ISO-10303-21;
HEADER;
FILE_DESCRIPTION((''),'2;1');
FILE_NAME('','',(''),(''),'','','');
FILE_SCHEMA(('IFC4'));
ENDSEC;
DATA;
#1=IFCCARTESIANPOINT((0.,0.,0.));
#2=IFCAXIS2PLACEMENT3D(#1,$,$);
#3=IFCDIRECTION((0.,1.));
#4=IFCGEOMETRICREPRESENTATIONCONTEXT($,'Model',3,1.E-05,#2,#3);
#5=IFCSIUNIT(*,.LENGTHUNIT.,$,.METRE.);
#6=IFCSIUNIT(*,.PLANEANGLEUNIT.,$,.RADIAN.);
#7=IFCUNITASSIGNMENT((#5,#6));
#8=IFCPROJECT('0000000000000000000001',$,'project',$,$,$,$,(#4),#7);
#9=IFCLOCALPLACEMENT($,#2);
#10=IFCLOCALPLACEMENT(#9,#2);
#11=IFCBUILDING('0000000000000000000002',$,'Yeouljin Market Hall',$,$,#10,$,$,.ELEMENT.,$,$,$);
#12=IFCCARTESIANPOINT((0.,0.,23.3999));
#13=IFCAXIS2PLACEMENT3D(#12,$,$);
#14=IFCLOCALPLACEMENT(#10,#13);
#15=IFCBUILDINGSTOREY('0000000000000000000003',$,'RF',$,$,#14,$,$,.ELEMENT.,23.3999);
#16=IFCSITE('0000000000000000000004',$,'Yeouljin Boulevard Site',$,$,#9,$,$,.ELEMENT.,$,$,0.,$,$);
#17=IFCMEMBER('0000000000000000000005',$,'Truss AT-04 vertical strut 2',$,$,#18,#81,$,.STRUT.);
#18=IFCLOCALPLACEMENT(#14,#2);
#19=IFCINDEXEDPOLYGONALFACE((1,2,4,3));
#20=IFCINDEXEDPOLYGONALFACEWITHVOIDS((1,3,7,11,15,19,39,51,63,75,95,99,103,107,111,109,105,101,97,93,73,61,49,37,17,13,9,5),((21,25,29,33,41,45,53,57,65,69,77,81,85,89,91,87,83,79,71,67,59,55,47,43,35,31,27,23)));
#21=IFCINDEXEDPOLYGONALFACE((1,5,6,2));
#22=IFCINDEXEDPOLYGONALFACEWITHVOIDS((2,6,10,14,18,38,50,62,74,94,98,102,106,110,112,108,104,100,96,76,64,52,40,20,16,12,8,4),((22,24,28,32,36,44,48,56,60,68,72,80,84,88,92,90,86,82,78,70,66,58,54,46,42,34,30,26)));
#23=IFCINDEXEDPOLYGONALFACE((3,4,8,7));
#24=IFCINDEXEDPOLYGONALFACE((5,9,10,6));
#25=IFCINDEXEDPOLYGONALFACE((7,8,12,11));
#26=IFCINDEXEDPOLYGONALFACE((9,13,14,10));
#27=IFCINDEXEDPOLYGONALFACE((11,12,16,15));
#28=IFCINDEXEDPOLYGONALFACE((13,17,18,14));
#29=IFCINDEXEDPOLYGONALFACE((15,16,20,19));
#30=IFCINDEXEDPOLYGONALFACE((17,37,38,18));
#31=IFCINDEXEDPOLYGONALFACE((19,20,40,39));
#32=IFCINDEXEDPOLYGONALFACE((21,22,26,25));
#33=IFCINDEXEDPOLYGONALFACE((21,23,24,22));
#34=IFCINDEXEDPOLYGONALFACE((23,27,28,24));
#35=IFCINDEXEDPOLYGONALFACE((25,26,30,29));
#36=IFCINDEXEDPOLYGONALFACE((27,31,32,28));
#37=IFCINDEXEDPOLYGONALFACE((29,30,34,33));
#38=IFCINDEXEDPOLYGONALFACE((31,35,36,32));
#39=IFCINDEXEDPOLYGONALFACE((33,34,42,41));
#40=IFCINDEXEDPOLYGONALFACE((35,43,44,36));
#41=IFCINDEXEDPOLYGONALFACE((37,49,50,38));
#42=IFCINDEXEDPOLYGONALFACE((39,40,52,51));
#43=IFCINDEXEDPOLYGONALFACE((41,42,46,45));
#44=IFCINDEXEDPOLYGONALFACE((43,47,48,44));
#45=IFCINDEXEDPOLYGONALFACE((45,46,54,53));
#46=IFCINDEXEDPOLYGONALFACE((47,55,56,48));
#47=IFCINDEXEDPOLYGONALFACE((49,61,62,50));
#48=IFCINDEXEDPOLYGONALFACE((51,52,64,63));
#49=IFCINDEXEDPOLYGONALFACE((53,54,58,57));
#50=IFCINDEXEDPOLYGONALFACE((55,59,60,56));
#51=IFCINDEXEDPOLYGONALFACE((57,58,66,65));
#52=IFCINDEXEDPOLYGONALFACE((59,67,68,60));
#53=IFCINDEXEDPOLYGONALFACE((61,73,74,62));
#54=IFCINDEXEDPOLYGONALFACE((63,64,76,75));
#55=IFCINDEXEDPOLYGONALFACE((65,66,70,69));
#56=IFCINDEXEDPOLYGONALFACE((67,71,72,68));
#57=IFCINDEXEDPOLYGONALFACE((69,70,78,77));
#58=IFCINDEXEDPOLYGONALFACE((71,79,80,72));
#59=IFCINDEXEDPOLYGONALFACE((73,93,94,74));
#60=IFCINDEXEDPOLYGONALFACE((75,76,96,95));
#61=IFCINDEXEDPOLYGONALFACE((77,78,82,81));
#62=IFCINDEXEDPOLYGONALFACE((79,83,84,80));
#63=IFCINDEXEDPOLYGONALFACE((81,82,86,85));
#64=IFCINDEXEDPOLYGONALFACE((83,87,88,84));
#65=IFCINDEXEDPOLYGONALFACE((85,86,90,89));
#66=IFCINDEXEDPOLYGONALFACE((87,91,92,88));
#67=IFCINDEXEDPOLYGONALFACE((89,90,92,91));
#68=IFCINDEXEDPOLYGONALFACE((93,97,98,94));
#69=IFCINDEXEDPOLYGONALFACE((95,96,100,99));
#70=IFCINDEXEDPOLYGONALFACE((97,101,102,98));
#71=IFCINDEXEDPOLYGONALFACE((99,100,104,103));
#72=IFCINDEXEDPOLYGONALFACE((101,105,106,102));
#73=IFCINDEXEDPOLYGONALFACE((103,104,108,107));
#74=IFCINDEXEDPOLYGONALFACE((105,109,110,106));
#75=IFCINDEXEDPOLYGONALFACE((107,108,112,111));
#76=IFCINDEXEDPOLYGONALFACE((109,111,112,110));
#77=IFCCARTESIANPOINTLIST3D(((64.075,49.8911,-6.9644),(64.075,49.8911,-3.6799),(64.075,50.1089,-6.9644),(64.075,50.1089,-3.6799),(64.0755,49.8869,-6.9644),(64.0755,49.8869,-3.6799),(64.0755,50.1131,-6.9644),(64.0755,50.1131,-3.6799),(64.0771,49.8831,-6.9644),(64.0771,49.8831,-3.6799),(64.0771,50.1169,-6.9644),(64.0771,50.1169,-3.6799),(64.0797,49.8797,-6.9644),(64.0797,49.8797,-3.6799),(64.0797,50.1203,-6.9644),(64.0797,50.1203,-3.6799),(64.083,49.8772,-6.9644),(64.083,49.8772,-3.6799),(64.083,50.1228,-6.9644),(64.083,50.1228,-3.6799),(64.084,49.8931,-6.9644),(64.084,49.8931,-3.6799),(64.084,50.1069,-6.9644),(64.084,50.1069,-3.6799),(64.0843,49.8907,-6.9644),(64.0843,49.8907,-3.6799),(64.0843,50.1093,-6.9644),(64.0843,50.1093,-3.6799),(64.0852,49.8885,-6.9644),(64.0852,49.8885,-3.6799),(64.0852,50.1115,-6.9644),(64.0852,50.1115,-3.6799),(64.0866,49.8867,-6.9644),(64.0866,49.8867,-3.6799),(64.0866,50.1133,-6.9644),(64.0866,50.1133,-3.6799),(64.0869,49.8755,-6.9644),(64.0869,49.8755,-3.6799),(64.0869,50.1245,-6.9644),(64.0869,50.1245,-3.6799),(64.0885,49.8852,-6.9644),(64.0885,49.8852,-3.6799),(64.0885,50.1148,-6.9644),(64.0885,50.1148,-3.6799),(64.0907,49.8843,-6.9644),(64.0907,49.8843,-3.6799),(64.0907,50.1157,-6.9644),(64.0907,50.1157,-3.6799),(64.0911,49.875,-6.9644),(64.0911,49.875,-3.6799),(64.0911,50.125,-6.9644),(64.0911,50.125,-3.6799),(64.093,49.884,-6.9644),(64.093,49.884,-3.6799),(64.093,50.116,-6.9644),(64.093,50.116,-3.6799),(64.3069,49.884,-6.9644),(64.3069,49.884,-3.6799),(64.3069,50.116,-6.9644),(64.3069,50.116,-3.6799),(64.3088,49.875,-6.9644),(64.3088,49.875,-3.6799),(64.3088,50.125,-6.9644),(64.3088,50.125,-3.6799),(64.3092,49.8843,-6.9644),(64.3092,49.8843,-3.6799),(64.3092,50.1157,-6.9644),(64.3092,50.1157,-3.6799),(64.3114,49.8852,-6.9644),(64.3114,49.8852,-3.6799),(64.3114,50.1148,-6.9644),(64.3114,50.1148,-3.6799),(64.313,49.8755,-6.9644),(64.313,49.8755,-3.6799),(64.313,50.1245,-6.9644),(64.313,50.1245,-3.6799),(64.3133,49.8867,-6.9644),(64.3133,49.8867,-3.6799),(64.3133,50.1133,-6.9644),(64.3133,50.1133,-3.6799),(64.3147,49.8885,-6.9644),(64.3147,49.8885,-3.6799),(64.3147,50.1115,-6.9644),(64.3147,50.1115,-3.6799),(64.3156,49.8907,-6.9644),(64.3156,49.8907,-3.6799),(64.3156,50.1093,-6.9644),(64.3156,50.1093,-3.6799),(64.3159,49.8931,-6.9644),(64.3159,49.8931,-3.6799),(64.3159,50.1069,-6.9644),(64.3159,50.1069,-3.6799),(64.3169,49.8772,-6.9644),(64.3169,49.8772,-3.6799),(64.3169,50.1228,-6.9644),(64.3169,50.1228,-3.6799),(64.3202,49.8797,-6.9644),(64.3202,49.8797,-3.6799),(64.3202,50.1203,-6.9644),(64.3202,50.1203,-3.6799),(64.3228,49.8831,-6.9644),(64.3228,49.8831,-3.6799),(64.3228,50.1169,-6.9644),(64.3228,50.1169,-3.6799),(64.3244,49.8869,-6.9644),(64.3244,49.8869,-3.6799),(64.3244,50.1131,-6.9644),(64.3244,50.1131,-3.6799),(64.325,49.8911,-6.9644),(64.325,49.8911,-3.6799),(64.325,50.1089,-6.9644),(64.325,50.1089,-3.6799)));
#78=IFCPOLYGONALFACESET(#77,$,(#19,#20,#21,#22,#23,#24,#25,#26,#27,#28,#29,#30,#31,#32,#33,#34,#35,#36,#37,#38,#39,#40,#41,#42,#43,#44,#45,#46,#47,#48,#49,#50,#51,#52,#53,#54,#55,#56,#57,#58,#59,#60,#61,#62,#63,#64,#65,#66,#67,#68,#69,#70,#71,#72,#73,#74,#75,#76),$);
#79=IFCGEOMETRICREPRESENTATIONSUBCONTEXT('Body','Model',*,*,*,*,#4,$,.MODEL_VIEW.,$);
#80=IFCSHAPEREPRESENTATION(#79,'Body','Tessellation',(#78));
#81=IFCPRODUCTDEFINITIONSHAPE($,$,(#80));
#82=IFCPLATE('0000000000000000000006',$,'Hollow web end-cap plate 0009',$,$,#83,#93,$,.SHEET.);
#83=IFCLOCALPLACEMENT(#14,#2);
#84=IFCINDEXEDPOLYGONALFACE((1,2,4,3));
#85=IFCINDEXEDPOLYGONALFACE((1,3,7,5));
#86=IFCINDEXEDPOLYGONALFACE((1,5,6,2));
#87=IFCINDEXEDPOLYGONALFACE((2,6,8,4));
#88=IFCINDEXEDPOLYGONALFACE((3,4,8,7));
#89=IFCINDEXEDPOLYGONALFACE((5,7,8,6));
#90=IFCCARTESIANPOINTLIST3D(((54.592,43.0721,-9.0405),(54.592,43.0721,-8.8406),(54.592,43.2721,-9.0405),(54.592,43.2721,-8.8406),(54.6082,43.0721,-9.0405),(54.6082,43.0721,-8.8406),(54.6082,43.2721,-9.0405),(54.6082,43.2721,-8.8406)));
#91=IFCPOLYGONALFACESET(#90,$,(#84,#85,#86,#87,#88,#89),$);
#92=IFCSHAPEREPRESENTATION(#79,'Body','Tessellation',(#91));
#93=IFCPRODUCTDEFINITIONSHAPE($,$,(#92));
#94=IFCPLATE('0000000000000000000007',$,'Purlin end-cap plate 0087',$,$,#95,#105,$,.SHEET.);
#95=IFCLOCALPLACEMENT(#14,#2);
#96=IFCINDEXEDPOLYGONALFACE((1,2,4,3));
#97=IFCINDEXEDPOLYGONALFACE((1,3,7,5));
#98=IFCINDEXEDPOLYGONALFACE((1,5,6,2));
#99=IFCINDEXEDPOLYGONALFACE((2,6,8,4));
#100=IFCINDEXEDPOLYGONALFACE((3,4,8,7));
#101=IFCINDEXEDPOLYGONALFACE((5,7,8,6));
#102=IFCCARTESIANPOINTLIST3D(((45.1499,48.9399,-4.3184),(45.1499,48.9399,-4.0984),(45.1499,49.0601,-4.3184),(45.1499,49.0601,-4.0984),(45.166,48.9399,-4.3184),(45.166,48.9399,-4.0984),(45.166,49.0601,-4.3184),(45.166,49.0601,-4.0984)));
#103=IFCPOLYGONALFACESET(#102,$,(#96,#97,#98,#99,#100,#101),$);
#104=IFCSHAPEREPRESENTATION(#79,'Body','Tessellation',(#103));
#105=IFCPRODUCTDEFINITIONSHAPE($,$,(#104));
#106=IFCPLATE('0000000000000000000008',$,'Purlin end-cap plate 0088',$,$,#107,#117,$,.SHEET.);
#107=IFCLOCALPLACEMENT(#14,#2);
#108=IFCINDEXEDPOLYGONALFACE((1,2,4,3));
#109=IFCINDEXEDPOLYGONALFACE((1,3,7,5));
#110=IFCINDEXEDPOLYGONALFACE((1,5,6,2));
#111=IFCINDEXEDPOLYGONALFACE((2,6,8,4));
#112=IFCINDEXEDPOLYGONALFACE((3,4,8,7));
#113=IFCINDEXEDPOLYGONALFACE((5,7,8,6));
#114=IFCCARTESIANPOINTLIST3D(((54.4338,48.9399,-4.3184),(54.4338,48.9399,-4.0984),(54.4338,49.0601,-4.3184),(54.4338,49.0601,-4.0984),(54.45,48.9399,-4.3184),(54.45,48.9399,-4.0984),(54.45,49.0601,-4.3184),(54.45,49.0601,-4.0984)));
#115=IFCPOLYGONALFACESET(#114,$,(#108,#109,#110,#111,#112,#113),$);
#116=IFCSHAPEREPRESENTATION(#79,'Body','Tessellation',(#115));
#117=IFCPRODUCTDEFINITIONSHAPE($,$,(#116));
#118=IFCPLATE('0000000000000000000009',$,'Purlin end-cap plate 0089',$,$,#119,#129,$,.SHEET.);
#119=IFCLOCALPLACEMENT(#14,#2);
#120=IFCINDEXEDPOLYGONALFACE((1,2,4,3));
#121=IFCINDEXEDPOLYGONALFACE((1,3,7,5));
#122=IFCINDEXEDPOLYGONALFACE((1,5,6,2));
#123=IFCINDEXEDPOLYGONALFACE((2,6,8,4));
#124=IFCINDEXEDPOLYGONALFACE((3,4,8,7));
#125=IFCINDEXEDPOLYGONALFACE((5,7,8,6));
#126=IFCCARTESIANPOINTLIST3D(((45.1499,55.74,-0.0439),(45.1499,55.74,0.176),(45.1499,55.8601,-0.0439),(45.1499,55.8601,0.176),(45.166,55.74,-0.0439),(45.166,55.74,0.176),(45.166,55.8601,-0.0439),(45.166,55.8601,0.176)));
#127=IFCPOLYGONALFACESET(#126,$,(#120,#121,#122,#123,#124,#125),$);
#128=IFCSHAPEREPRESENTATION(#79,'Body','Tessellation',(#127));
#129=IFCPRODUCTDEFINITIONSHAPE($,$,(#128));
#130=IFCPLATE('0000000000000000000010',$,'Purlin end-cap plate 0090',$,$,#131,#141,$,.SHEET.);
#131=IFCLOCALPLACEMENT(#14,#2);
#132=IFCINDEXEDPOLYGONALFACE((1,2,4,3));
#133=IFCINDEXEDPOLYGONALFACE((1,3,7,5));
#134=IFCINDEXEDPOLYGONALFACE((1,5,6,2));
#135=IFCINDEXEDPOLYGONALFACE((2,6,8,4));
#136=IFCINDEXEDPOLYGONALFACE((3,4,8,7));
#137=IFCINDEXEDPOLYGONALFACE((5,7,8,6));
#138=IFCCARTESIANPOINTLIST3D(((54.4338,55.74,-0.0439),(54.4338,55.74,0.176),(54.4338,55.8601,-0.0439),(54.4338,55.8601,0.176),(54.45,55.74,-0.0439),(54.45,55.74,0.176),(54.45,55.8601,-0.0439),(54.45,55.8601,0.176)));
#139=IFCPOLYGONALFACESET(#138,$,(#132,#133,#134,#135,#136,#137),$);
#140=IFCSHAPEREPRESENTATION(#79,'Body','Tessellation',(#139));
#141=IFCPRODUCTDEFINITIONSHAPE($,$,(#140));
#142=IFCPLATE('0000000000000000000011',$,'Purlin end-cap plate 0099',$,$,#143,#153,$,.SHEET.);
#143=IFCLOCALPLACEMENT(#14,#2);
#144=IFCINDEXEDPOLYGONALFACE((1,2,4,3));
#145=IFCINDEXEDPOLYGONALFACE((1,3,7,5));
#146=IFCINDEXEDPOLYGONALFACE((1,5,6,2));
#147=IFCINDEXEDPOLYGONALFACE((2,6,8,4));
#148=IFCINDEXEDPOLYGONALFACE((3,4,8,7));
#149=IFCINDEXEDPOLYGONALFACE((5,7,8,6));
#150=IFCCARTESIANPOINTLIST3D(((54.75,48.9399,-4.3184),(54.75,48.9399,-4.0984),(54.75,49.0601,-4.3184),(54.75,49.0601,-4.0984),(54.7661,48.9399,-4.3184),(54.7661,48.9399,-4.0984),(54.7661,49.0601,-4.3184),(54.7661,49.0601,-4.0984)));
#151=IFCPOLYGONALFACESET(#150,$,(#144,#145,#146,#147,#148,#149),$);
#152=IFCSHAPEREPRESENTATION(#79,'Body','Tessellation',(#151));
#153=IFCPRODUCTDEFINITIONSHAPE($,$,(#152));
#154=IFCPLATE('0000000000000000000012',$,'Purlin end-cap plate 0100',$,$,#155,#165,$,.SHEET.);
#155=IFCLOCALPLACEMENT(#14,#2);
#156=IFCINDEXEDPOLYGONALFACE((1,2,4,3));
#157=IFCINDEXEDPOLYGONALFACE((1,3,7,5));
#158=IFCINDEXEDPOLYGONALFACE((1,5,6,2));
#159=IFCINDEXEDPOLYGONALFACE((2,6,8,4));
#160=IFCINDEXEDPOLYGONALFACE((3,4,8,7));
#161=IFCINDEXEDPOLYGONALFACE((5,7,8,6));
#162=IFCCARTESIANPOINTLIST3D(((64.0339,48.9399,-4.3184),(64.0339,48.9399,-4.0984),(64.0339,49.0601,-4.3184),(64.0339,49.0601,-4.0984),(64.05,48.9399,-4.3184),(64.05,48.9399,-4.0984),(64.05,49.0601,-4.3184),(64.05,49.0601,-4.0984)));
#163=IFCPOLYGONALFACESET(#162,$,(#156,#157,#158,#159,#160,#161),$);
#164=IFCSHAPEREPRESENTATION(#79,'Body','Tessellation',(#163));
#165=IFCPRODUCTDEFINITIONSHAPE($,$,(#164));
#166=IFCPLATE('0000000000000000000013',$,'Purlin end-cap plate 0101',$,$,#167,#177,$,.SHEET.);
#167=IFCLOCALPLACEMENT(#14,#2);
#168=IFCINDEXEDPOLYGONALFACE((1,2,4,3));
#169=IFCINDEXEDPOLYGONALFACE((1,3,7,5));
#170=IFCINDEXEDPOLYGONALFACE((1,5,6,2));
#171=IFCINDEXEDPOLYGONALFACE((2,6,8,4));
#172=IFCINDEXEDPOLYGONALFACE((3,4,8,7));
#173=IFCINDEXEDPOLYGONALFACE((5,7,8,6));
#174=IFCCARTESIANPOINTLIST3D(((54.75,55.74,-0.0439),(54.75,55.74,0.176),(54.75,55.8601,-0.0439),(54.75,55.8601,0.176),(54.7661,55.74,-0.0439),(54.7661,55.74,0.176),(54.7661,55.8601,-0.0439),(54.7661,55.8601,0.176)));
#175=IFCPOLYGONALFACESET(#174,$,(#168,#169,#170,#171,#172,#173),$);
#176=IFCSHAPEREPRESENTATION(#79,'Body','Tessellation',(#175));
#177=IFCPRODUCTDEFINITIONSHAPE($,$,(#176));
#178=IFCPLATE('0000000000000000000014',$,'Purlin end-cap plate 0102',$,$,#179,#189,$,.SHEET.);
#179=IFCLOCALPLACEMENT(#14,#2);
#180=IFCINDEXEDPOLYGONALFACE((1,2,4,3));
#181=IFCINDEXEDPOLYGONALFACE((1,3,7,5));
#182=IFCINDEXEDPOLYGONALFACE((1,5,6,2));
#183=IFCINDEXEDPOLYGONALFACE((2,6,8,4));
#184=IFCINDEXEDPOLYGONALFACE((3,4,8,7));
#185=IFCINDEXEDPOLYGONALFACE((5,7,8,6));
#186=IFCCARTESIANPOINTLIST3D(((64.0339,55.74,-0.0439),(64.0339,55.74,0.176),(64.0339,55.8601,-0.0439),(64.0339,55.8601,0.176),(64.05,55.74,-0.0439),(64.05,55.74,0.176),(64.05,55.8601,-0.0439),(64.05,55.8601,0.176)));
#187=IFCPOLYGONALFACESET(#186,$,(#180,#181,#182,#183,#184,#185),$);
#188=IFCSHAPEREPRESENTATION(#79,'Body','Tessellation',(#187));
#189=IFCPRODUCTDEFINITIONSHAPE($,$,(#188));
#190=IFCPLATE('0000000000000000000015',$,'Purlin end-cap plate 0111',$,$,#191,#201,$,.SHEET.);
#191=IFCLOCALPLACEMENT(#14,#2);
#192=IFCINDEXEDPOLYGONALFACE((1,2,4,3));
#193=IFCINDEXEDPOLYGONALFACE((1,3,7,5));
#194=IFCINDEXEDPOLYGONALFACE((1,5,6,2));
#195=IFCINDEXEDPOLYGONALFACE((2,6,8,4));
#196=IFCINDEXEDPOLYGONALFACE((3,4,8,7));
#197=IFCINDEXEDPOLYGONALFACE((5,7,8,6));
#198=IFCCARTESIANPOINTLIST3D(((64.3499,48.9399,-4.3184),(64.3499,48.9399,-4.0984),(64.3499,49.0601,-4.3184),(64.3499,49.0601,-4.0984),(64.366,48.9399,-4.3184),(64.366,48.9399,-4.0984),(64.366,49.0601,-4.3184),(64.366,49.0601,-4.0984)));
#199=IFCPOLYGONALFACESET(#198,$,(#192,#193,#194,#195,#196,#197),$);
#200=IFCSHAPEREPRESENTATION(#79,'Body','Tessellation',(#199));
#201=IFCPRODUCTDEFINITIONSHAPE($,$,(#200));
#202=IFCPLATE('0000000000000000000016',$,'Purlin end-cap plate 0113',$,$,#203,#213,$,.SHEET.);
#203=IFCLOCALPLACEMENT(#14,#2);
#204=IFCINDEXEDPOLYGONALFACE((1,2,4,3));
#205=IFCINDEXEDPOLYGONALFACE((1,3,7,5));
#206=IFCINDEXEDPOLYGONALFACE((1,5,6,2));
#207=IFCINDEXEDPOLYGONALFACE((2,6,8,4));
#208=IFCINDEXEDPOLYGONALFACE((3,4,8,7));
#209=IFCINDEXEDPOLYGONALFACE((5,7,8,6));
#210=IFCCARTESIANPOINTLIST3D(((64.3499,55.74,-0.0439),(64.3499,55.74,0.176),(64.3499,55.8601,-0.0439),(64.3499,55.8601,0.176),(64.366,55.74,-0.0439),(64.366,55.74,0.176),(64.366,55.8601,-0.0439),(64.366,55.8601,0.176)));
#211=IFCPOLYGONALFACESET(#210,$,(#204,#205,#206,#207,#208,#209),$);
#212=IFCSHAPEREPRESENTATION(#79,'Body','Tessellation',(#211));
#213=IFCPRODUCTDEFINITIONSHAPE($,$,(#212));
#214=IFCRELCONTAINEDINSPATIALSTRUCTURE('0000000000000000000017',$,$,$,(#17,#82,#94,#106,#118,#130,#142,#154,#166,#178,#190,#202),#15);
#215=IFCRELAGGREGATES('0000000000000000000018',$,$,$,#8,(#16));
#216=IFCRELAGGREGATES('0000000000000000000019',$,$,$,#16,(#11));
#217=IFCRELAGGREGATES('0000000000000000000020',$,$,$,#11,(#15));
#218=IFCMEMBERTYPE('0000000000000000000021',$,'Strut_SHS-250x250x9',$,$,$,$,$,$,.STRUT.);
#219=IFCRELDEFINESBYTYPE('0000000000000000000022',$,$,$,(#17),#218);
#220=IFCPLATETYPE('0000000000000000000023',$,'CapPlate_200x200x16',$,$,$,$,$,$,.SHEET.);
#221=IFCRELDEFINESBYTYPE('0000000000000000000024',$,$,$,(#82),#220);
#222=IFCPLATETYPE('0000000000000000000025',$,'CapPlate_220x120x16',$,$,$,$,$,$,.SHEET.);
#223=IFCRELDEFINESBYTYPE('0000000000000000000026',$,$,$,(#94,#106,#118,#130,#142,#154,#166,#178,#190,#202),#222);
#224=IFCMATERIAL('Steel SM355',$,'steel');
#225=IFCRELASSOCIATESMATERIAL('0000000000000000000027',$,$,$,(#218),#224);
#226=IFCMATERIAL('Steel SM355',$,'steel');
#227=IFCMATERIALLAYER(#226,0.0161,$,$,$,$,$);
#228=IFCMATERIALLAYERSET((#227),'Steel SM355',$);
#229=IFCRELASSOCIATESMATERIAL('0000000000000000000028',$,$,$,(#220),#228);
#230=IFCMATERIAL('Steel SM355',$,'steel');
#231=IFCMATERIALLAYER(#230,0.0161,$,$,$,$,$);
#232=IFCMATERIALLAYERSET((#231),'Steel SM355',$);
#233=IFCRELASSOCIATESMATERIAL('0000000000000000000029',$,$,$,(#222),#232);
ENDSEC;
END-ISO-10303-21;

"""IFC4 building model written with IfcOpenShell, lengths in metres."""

from ifc_helpers import new_model, si_unit, direction, frame, origin, origin_2d, place, context, subcontext, project, spatial, rectangle, hollow_rectangle, extrude, material, layer, layer_set, material_profile, profile_set, type_object, element, save


model = new_model("IFC4")

# Units and contexts
model_context = context("Model", 3, precision=1e-05, world=origin(), true_north=direction((0.0, 1.0)))
body_context = subcontext(model_context, "Body", "Model", "MODEL_VIEW")
ifc_project = project(units=[si_unit("LENGTHUNIT", "METRE"), si_unit("PLANEANGLEUNIT", "RADIAN")], contexts=[model_context])

# Site, building, storey
site_placement = place(None, origin())
site = spatial("IfcSite", under=ifc_project, at=site_placement, Name="Yeouljin Boulevard Site", CompositionType="ELEMENT", RefElevation=0.0)
building_placement = place(site_placement, origin())
building = spatial("IfcBuilding", under=site, at=building_placement, Name="Yeouljin Market Hall", CompositionType="ELEMENT")
storey_placement = place(building_placement, frame((0.0, 0.0, 23.3999)))
storey = spatial("IfcBuildingStorey", under=building, at=storey_placement, Name="RF", CompositionType="ELEMENT", Elevation=23.3999)

# Member
ifc_material_1 = material(Name="Steel SM355", Category="steel")
ifc_material_profile_1 = material_profile(ifc_material_1, hollow_rectangle(XDim=0.25, YDim=0.25, WallThickness=0.009, InnerFilletRadius=0.009, OuterFilletRadius=0.0161, at=origin_2d()), Name="SHS-250x250x9")
ifc_profile_set_1 = profile_set([ifc_material_profile_1], Name="Steel SM355")
member_type_1 = type_object("IfcMemberType", Name="Strut_SHS-250x250x9", PredefinedType="STRUT", material=ifc_profile_set_1)
for number, where, z_axis, x_axis, name in (
    (1, (64.2, 50.0, -6.9644), (0.0, 0.0, 1.0), (1.0, 0.0, 0.0), "Truss AT-04 vertical strut 2"),
):
    element("IfcMember", number, at=place(storey_placement, frame(where, z_axis=z_axis, x_axis=x_axis)), inside=storey, type_object=member_type_1, Name=name, PredefinedType="STRUT", context=body_context, shape_type="SweptSolid", body=[
        extrude(hollow_rectangle(XDim=0.25, YDim=0.25, WallThickness=0.009, InnerFilletRadius=0.009, OuterFilletRadius=0.0161, at=origin_2d()), origin(), (0.0, 0.0, 1.0), 3.2844),
    ])

# Plates
ifc_material_2 = material(Name="Steel SM355", Category="steel")
ifc_layer_1 = layer(ifc_material_2, 0.0161)
ifc_layer_set_1 = layer_set([ifc_layer_1], Name="Steel SM355")
plate_type_1 = type_object("IfcPlateType", Name="CapPlate_200x200x16", PredefinedType="SHEET", material=ifc_layer_set_1)
plate_1_placement = place(storey_placement, frame((54.6001, 43.1721, -9.0405), z_axis=(0.0, 0.0, 1.0), x_axis=(0.0, 1.0, 0.0)))
element("IfcPlate", 2, at=plate_1_placement, inside=storey, type_object=plate_type_1, Name="Hollow web end-cap plate 0009", PredefinedType="SHEET", context=body_context, shape_type="SweptSolid", body=[
    extrude(rectangle(XDim=0.2, YDim=0.0161, at=origin_2d()), origin(), (0.0, 0.0, 1.0), 0.2),
])
ifc_material_3 = material(Name="Steel SM355", Category="steel")
ifc_layer_2 = layer(ifc_material_3, 0.0161)
ifc_layer_set_2 = layer_set([ifc_layer_2], Name="Steel SM355")
plate_type_2 = type_object("IfcPlateType", Name="CapPlate_220x120x16", PredefinedType="SHEET", material=ifc_layer_set_2)
for number, where, z_axis, x_axis, name in (
    (3, (45.158, 49.0, -4.3184), (0.0, 0.0, 1.0), (0.0, 1.0, 0.0), "Purlin end-cap plate 0087"),
    (4, (54.4419, 49.0, -4.3184), (0.0, 0.0, 1.0), (0.0, 1.0, 0.0), "Purlin end-cap plate 0088"),
    (5, (45.158, 55.8, -0.0439), (0.0, 0.0, 1.0), (0.0, 1.0, 0.0), "Purlin end-cap plate 0089"),
    (6, (54.4419, 55.8, -0.0439), (0.0, 0.0, 1.0), (0.0, 1.0, 0.0), "Purlin end-cap plate 0090"),
    (7, (54.7581, 49.0, -4.3184), (0.0, 0.0, 1.0), (0.0, 1.0, 0.0), "Purlin end-cap plate 0099"),
    (8, (64.042, 49.0, -4.3184), (0.0, 0.0, 1.0), (0.0, 1.0, 0.0), "Purlin end-cap plate 0100"),
    (9, (54.7581, 55.8, -0.0439), (0.0, 0.0, 1.0), (0.0, 1.0, 0.0), "Purlin end-cap plate 0101"),
    (10, (64.042, 55.8, -0.0439), (0.0, 0.0, 1.0), (0.0, 1.0, 0.0), "Purlin end-cap plate 0102"),
    (11, (64.3579, 49.0, -4.3184), (0.0, 0.0, 1.0), (0.0, 1.0, 0.0), "Purlin end-cap plate 0111"),
    (12, (64.3579, 55.8, -0.0439), (0.0, 0.0, 1.0), (0.0, 1.0, 0.0), "Purlin end-cap plate 0113"),
):
    element("IfcPlate", number, at=place(storey_placement, frame(where, z_axis=z_axis, x_axis=x_axis)), inside=storey, type_object=plate_type_2, Name=name, PredefinedType="SHEET", context=body_context, shape_type="SweptSolid", body=[
        extrude(rectangle(XDim=0.1201, YDim=0.0161, at=origin_2d()), origin(), (0.0, 0.0, 1.0), 0.22),
    ])

save(model, "model.ifc")
